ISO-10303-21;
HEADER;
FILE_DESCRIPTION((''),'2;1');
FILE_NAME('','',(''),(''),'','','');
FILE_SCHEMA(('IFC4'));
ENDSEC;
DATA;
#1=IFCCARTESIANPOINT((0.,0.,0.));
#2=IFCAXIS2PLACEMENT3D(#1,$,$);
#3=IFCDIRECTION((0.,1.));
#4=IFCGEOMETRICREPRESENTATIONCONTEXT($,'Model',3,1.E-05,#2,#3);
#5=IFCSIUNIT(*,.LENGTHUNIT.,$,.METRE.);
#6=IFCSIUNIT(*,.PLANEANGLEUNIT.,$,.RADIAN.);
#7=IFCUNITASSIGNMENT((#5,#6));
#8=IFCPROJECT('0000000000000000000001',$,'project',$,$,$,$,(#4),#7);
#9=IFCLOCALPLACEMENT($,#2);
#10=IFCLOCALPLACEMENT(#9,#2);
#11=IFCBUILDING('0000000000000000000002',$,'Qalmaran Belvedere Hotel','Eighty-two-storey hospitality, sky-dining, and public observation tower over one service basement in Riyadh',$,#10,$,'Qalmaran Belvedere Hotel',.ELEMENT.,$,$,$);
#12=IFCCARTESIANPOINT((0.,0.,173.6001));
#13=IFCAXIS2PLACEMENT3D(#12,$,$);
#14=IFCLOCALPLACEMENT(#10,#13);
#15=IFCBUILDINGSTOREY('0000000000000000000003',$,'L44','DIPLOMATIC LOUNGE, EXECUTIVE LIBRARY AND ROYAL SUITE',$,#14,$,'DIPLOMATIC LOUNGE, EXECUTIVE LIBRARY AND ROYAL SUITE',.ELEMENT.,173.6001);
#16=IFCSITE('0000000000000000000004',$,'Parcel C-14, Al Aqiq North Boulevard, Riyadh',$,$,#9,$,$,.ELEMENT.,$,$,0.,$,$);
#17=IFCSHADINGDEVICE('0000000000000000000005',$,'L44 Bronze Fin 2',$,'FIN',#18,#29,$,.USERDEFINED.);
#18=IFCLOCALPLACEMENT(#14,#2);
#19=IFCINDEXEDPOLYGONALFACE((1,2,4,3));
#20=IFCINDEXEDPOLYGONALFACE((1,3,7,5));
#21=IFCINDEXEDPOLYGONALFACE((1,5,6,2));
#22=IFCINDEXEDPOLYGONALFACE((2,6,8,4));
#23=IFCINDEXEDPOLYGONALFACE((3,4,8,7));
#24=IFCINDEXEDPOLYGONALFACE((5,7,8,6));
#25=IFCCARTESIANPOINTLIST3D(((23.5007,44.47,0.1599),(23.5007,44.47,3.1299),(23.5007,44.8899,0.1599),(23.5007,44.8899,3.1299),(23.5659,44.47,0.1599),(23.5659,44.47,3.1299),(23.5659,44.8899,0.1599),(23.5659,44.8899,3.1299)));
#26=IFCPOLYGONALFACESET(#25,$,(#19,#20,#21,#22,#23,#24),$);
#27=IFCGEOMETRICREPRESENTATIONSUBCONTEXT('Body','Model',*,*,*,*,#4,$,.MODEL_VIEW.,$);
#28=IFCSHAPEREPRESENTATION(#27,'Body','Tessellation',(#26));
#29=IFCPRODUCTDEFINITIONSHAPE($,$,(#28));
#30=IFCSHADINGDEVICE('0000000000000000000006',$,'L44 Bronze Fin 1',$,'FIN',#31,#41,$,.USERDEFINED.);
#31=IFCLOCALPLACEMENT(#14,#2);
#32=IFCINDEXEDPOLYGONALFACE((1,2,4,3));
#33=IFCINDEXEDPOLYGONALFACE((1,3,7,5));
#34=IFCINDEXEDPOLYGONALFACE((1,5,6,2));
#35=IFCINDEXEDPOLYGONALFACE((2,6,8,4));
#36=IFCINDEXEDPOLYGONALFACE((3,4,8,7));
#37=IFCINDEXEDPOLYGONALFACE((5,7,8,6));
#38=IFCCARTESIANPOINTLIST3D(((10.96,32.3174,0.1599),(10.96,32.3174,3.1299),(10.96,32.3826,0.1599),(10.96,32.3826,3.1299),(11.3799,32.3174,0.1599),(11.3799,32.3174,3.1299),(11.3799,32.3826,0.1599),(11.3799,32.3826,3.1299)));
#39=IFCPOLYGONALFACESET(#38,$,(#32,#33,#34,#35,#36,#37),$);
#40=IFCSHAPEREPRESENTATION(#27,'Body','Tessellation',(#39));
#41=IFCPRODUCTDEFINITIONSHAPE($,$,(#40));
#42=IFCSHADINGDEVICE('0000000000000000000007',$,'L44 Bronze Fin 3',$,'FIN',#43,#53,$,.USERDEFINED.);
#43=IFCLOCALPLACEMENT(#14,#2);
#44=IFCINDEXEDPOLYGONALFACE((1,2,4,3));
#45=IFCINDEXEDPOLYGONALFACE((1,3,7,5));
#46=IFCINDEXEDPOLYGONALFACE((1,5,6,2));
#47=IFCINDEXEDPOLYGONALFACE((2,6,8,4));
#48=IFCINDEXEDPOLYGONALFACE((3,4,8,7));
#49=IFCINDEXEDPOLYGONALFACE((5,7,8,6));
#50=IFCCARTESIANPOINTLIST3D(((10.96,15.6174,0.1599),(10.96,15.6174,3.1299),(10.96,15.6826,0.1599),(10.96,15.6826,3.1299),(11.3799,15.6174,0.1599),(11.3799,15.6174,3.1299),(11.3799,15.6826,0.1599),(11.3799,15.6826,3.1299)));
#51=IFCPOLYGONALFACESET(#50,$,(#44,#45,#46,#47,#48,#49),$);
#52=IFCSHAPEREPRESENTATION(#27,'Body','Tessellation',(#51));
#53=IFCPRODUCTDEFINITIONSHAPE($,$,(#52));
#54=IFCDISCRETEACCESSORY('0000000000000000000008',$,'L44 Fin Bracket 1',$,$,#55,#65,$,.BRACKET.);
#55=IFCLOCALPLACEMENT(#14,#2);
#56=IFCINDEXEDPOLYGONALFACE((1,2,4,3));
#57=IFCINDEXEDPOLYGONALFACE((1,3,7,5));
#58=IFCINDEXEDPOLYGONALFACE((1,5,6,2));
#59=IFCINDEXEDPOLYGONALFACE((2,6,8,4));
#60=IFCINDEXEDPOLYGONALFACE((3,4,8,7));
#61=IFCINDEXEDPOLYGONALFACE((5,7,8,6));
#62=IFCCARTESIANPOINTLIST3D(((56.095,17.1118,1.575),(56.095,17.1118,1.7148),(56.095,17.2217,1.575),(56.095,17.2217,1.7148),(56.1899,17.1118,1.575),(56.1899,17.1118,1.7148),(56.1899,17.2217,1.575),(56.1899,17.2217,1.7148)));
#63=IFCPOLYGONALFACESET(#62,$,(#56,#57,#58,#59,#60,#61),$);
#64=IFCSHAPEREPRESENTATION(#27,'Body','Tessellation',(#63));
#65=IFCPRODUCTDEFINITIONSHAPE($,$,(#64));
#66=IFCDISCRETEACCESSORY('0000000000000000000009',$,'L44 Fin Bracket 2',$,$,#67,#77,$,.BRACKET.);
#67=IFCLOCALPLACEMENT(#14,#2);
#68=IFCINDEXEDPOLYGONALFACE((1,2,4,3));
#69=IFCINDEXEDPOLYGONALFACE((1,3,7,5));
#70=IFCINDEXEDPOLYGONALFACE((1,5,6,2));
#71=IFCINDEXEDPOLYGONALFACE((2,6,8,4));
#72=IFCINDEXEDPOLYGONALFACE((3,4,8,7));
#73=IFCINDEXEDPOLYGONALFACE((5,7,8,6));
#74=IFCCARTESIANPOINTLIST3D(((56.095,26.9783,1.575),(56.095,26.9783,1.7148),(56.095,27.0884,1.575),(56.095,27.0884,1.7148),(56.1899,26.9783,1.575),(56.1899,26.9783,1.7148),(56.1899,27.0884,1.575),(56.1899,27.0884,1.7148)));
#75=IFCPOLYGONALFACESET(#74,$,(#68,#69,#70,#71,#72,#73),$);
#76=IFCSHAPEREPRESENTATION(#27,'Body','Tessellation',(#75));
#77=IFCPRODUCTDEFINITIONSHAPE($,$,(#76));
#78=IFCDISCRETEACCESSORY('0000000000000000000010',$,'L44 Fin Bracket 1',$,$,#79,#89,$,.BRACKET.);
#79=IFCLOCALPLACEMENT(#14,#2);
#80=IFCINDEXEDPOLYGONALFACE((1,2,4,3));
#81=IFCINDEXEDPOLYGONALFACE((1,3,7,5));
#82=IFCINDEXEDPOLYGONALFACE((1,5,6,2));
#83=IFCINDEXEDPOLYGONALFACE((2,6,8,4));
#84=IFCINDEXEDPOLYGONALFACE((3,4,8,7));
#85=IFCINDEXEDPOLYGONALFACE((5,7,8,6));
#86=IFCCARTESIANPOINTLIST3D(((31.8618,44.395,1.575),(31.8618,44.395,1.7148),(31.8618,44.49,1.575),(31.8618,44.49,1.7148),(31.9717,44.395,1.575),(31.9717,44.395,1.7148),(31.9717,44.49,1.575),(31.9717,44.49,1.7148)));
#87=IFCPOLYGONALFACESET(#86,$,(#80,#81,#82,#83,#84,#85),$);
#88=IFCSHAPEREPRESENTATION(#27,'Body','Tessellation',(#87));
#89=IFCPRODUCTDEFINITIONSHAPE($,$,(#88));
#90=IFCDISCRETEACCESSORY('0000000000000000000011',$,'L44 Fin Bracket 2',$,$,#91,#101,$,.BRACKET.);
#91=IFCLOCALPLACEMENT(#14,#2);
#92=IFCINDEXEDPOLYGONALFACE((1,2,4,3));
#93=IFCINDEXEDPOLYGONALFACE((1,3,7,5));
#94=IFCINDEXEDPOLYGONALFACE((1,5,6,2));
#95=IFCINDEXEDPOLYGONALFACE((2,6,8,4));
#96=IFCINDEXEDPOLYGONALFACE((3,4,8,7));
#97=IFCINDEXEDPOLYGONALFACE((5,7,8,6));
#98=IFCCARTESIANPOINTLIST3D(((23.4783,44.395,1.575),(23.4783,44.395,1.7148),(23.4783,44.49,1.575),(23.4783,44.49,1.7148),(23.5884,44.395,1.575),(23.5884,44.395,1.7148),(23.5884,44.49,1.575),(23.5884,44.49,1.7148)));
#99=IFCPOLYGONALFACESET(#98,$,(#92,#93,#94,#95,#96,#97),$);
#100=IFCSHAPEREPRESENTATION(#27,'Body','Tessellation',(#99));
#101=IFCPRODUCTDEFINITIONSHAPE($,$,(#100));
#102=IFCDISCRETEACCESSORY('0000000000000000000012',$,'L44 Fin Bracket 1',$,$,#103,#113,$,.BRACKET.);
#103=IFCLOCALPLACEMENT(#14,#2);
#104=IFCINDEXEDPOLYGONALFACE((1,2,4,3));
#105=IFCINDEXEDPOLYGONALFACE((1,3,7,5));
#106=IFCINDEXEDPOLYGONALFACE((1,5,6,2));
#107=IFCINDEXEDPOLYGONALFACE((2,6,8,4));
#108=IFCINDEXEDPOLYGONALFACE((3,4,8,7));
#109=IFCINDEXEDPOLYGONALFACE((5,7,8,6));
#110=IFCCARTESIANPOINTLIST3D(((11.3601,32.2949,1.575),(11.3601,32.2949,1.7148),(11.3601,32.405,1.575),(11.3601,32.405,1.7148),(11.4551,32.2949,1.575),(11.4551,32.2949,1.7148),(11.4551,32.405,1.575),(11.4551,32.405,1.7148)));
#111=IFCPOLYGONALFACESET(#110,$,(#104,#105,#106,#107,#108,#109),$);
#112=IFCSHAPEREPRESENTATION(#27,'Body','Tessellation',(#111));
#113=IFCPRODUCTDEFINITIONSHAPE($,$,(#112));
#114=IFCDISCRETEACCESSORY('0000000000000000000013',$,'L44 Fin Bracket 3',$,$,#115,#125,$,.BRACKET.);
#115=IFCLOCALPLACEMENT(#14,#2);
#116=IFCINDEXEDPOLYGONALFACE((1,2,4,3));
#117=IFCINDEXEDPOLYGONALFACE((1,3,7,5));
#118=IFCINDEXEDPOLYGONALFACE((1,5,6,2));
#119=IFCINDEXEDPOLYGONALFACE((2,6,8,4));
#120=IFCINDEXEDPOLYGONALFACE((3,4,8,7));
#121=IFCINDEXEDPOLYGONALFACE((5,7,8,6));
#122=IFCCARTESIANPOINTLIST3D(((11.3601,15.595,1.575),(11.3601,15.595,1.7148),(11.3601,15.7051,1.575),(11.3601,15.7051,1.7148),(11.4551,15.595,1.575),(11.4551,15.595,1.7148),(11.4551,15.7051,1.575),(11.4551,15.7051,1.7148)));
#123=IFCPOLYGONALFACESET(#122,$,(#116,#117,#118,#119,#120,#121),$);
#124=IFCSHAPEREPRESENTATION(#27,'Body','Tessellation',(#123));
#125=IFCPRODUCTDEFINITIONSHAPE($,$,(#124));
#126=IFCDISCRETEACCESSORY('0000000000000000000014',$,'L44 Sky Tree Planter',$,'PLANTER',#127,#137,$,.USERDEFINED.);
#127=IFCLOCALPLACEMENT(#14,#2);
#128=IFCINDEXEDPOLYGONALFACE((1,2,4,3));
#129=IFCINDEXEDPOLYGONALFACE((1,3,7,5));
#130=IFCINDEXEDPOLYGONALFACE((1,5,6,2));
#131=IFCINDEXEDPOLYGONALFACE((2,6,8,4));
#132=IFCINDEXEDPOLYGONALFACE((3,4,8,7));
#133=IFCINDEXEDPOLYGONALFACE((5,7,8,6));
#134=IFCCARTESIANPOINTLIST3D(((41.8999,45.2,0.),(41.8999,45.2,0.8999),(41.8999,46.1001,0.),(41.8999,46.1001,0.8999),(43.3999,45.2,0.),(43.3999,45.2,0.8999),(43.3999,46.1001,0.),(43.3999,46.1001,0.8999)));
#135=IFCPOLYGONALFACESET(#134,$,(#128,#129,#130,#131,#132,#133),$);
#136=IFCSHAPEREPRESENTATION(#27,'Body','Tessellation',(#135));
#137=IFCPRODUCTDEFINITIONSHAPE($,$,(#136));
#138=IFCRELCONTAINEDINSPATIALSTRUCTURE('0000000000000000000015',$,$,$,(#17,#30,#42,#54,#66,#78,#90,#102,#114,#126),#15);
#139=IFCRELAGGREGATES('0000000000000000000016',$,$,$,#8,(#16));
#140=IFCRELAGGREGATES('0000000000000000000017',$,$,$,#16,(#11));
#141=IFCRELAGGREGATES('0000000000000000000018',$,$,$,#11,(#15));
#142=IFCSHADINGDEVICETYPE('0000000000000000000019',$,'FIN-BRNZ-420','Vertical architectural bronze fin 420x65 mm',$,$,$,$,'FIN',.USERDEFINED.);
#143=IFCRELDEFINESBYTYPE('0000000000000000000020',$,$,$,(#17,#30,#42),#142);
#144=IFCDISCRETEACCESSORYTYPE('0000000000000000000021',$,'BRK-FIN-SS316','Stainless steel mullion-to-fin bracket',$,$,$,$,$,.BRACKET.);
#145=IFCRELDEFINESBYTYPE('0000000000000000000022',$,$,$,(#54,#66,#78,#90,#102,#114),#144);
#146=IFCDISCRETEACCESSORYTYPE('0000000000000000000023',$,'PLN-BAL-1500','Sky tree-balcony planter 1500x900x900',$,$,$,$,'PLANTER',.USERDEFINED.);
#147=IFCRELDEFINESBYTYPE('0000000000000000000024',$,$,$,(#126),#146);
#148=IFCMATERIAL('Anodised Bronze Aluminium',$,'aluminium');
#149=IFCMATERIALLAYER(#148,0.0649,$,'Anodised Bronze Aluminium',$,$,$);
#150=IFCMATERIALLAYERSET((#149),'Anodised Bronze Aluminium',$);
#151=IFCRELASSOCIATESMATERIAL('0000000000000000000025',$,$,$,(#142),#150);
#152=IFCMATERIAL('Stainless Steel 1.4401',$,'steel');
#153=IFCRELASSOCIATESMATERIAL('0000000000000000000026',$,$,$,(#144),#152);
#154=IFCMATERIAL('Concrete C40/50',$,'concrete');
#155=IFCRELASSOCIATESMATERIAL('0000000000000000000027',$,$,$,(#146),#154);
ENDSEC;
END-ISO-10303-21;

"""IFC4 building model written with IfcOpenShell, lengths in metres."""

from ifc_helpers import new_model, si_unit, direction, frame, origin, place, context, subcontext, project, spatial, polyline, outline, extrude, material, layer, layer_set, type_object, element, save


model = new_model("IFC4")

# Units and contexts
model_context = context("Model", 3, precision=1e-05, world=origin(), true_north=direction((0.0, 1.0)))
body_context = subcontext(model_context, "Body", "Model", "MODEL_VIEW")
ifc_project = project(units=[si_unit("LENGTHUNIT", "METRE"), si_unit("PLANEANGLEUNIT", "RADIAN")], contexts=[model_context])

# Site, building, storey
site_placement = place(None, origin())
site = spatial("IfcSite", under=ifc_project, at=site_placement, Name="Parcel C-14, Al Aqiq North Boulevard, Riyadh", CompositionType="ELEMENT", RefElevation=0.0)
building_placement = place(site_placement, origin())
building = spatial("IfcBuilding", under=site, at=building_placement, Name="Qalmaran Belvedere Hotel", Description="Eighty-two-storey hospitality, sky-dining, and public observation tower over one service basement in Riyadh", LongName="Qalmaran Belvedere Hotel", CompositionType="ELEMENT")
storey_placement = place(building_placement, frame((0.0, 0.0, 173.6001)))
storey = spatial("IfcBuildingStorey", under=building, at=storey_placement, Name="L44", Description="DIPLOMATIC LOUNGE, EXECUTIVE LIBRARY AND ROYAL SUITE", LongName="DIPLOMATIC LOUNGE, EXECUTIVE LIBRARY AND ROYAL SUITE", CompositionType="ELEMENT", Elevation=173.6001)

# Shared definitions
ifc_material_1 = material(Name="Anodised Bronze Aluminium", Category="aluminium")

# Shared definitions
ifc_material_2 = material(Name="Concrete C40/50", Category="concrete")

# Shading devices
ifc_layer_1 = layer(ifc_material_1, 0.0649, Name="Anodised Bronze Aluminium")
ifc_layer_set_1 = layer_set([ifc_layer_1], Name="Anodised Bronze Aluminium")
shading_device_type = type_object("IfcShadingDeviceType", Name="FIN-BRNZ-420", Description="Vertical architectural bronze fin 420x65 mm", ElementType="FIN", PredefinedType="USERDEFINED", material=ifc_layer_set_1)
shading_device_1_placement = place(storey_placement, frame((0.0, 0.0, 0.1599)))
element("IfcShadingDevice", 1, at=shading_device_1_placement, inside=storey, type_object=shading_device_type, Name="L44 Bronze Fin 2", ObjectType="FIN", PredefinedType="USERDEFINED", context=body_context, shape_type="SweptSolid", body=[
    extrude(outline(polyline([(23.5659, 44.47), (23.5659, 44.8899), (23.5007, 44.8899), (23.5007, 44.47), (23.5659, 44.47)])), origin(), (0.0, 0.0, 1.0), 2.97),
])
shading_device_2_placement = place(storey_placement, frame((0.0, 0.0, 0.1599)))
element("IfcShadingDevice", 2, at=shading_device_2_placement, inside=storey, type_object=shading_device_type, Name="L44 Bronze Fin 1", ObjectType="FIN", PredefinedType="USERDEFINED", context=body_context, shape_type="SweptSolid", body=[
    extrude(outline(polyline([(11.3799, 32.3826), (10.96, 32.3826), (10.96, 32.3174), (11.3799, 32.3174), (11.3799, 32.3826)])), origin(), (0.0, 0.0, 1.0), 2.97),
])
shading_device_3_placement = place(storey_placement, frame((0.0, 0.0, 0.1599)))
element("IfcShadingDevice", 3, at=shading_device_3_placement, inside=storey, type_object=shading_device_type, Name="L44 Bronze Fin 3", ObjectType="FIN", PredefinedType="USERDEFINED", context=body_context, shape_type="SweptSolid", body=[
    extrude(outline(polyline([(11.3799, 15.6826), (10.96, 15.6826), (10.96, 15.6174), (11.3799, 15.6174), (11.3799, 15.6826)])), origin(), (0.0, 0.0, 1.0), 2.97),
])

# Discrete accessories
ifc_material_3 = material(Name="Stainless Steel 1.4401", Category="steel")
discrete_accessory_type_1 = type_object("IfcDiscreteAccessoryType", Name="BRK-FIN-SS316", Description="Stainless steel mullion-to-fin bracket", PredefinedType="BRACKET", material=ifc_material_3)
discrete_accessory_1_placement = place(storey_placement, frame((0.0, 0.0, 1.575)))
element("IfcDiscreteAccessory", 4, at=discrete_accessory_1_placement, inside=storey, type_object=discrete_accessory_type_1, Name="L44 Fin Bracket 1", PredefinedType="BRACKET", context=body_context, shape_type="SweptSolid", body=[
    extrude(outline(polyline([(56.095, 17.1118), (56.1899, 17.1118), (56.1899, 17.2217), (56.095, 17.2217), (56.095, 17.1118)])), origin(), (0.0, 0.0, 1.0), 0.1399),
])
discrete_accessory_2_placement = place(storey_placement, frame((0.0, 0.0, 1.575)))
element("IfcDiscreteAccessory", 5, at=discrete_accessory_2_placement, inside=storey, type_object=discrete_accessory_type_1, Name="L44 Fin Bracket 2", PredefinedType="BRACKET", context=body_context, shape_type="SweptSolid", body=[
    extrude(outline(polyline([(56.095, 26.9783), (56.1899, 26.9783), (56.1899, 27.0884), (56.095, 27.0884), (56.095, 26.9783)])), origin(), (0.0, 0.0, 1.0), 0.1399),
])
discrete_accessory_3_placement = place(storey_placement, frame((0.0, 0.0, 1.575)))
element("IfcDiscreteAccessory", 6, at=discrete_accessory_3_placement, inside=storey, type_object=discrete_accessory_type_1, Name="L44 Fin Bracket 1", PredefinedType="BRACKET", context=body_context, shape_type="SweptSolid", body=[
    extrude(outline(polyline([(31.9717, 44.395), (31.9717, 44.49), (31.8618, 44.49), (31.8618, 44.395), (31.9717, 44.395)])), origin(), (0.0, 0.0, 1.0), 0.1399),
])
discrete_accessory_4_placement = place(storey_placement, frame((0.0, 0.0, 1.575)))
element("IfcDiscreteAccessory", 7, at=discrete_accessory_4_placement, inside=storey, type_object=discrete_accessory_type_1, Name="L44 Fin Bracket 2", PredefinedType="BRACKET", context=body_context, shape_type="SweptSolid", body=[
    extrude(outline(polyline([(23.5884, 44.395), (23.5884, 44.49), (23.4783, 44.49), (23.4783, 44.395), (23.5884, 44.395)])), origin(), (0.0, 0.0, 1.0), 0.1399),
])
discrete_accessory_5_placement = place(storey_placement, frame((0.0, 0.0, 1.575)))
element("IfcDiscreteAccessory", 8, at=discrete_accessory_5_placement, inside=storey, type_object=discrete_accessory_type_1, Name="L44 Fin Bracket 1", PredefinedType="BRACKET", context=body_context, shape_type="SweptSolid", body=[
    extrude(outline(polyline([(11.4551, 32.405), (11.3601, 32.405), (11.3601, 32.2949), (11.4551, 32.2949), (11.4551, 32.405)])), origin(), (0.0, 0.0, 1.0), 0.1399),
])
discrete_accessory_6_placement = place(storey_placement, frame((0.0, 0.0, 1.575)))
element("IfcDiscreteAccessory", 9, at=discrete_accessory_6_placement, inside=storey, type_object=discrete_accessory_type_1, Name="L44 Fin Bracket 3", PredefinedType="BRACKET", context=body_context, shape_type="SweptSolid", body=[
    extrude(outline(polyline([(11.4551, 15.7051), (11.3601, 15.7051), (11.3601, 15.595), (11.4551, 15.595), (11.4551, 15.7051)])), origin(), (0.0, 0.0, 1.0), 0.1399),
])
discrete_accessory_type_2 = type_object("IfcDiscreteAccessoryType", Name="PLN-BAL-1500", Description="Sky tree-balcony planter 1500x900x900", ElementType="PLANTER", PredefinedType="USERDEFINED", material=ifc_material_2)
discrete_accessory_7_placement = place(storey_placement, origin())
element("IfcDiscreteAccessory", 10, at=discrete_accessory_7_placement, inside=storey, type_object=discrete_accessory_type_2, Name="L44 Sky Tree Planter", ObjectType="PLANTER", PredefinedType="USERDEFINED", context=body_context, shape_type="SweptSolid", body=[
    extrude(outline(polyline([(41.8999, 45.2), (43.3999, 45.2), (43.3999, 46.1001), (41.8999, 46.1001), (41.8999, 45.2)])), origin(), (0.0, 0.0, 1.0), 0.8999),
])

save(model, "model.ifc")
